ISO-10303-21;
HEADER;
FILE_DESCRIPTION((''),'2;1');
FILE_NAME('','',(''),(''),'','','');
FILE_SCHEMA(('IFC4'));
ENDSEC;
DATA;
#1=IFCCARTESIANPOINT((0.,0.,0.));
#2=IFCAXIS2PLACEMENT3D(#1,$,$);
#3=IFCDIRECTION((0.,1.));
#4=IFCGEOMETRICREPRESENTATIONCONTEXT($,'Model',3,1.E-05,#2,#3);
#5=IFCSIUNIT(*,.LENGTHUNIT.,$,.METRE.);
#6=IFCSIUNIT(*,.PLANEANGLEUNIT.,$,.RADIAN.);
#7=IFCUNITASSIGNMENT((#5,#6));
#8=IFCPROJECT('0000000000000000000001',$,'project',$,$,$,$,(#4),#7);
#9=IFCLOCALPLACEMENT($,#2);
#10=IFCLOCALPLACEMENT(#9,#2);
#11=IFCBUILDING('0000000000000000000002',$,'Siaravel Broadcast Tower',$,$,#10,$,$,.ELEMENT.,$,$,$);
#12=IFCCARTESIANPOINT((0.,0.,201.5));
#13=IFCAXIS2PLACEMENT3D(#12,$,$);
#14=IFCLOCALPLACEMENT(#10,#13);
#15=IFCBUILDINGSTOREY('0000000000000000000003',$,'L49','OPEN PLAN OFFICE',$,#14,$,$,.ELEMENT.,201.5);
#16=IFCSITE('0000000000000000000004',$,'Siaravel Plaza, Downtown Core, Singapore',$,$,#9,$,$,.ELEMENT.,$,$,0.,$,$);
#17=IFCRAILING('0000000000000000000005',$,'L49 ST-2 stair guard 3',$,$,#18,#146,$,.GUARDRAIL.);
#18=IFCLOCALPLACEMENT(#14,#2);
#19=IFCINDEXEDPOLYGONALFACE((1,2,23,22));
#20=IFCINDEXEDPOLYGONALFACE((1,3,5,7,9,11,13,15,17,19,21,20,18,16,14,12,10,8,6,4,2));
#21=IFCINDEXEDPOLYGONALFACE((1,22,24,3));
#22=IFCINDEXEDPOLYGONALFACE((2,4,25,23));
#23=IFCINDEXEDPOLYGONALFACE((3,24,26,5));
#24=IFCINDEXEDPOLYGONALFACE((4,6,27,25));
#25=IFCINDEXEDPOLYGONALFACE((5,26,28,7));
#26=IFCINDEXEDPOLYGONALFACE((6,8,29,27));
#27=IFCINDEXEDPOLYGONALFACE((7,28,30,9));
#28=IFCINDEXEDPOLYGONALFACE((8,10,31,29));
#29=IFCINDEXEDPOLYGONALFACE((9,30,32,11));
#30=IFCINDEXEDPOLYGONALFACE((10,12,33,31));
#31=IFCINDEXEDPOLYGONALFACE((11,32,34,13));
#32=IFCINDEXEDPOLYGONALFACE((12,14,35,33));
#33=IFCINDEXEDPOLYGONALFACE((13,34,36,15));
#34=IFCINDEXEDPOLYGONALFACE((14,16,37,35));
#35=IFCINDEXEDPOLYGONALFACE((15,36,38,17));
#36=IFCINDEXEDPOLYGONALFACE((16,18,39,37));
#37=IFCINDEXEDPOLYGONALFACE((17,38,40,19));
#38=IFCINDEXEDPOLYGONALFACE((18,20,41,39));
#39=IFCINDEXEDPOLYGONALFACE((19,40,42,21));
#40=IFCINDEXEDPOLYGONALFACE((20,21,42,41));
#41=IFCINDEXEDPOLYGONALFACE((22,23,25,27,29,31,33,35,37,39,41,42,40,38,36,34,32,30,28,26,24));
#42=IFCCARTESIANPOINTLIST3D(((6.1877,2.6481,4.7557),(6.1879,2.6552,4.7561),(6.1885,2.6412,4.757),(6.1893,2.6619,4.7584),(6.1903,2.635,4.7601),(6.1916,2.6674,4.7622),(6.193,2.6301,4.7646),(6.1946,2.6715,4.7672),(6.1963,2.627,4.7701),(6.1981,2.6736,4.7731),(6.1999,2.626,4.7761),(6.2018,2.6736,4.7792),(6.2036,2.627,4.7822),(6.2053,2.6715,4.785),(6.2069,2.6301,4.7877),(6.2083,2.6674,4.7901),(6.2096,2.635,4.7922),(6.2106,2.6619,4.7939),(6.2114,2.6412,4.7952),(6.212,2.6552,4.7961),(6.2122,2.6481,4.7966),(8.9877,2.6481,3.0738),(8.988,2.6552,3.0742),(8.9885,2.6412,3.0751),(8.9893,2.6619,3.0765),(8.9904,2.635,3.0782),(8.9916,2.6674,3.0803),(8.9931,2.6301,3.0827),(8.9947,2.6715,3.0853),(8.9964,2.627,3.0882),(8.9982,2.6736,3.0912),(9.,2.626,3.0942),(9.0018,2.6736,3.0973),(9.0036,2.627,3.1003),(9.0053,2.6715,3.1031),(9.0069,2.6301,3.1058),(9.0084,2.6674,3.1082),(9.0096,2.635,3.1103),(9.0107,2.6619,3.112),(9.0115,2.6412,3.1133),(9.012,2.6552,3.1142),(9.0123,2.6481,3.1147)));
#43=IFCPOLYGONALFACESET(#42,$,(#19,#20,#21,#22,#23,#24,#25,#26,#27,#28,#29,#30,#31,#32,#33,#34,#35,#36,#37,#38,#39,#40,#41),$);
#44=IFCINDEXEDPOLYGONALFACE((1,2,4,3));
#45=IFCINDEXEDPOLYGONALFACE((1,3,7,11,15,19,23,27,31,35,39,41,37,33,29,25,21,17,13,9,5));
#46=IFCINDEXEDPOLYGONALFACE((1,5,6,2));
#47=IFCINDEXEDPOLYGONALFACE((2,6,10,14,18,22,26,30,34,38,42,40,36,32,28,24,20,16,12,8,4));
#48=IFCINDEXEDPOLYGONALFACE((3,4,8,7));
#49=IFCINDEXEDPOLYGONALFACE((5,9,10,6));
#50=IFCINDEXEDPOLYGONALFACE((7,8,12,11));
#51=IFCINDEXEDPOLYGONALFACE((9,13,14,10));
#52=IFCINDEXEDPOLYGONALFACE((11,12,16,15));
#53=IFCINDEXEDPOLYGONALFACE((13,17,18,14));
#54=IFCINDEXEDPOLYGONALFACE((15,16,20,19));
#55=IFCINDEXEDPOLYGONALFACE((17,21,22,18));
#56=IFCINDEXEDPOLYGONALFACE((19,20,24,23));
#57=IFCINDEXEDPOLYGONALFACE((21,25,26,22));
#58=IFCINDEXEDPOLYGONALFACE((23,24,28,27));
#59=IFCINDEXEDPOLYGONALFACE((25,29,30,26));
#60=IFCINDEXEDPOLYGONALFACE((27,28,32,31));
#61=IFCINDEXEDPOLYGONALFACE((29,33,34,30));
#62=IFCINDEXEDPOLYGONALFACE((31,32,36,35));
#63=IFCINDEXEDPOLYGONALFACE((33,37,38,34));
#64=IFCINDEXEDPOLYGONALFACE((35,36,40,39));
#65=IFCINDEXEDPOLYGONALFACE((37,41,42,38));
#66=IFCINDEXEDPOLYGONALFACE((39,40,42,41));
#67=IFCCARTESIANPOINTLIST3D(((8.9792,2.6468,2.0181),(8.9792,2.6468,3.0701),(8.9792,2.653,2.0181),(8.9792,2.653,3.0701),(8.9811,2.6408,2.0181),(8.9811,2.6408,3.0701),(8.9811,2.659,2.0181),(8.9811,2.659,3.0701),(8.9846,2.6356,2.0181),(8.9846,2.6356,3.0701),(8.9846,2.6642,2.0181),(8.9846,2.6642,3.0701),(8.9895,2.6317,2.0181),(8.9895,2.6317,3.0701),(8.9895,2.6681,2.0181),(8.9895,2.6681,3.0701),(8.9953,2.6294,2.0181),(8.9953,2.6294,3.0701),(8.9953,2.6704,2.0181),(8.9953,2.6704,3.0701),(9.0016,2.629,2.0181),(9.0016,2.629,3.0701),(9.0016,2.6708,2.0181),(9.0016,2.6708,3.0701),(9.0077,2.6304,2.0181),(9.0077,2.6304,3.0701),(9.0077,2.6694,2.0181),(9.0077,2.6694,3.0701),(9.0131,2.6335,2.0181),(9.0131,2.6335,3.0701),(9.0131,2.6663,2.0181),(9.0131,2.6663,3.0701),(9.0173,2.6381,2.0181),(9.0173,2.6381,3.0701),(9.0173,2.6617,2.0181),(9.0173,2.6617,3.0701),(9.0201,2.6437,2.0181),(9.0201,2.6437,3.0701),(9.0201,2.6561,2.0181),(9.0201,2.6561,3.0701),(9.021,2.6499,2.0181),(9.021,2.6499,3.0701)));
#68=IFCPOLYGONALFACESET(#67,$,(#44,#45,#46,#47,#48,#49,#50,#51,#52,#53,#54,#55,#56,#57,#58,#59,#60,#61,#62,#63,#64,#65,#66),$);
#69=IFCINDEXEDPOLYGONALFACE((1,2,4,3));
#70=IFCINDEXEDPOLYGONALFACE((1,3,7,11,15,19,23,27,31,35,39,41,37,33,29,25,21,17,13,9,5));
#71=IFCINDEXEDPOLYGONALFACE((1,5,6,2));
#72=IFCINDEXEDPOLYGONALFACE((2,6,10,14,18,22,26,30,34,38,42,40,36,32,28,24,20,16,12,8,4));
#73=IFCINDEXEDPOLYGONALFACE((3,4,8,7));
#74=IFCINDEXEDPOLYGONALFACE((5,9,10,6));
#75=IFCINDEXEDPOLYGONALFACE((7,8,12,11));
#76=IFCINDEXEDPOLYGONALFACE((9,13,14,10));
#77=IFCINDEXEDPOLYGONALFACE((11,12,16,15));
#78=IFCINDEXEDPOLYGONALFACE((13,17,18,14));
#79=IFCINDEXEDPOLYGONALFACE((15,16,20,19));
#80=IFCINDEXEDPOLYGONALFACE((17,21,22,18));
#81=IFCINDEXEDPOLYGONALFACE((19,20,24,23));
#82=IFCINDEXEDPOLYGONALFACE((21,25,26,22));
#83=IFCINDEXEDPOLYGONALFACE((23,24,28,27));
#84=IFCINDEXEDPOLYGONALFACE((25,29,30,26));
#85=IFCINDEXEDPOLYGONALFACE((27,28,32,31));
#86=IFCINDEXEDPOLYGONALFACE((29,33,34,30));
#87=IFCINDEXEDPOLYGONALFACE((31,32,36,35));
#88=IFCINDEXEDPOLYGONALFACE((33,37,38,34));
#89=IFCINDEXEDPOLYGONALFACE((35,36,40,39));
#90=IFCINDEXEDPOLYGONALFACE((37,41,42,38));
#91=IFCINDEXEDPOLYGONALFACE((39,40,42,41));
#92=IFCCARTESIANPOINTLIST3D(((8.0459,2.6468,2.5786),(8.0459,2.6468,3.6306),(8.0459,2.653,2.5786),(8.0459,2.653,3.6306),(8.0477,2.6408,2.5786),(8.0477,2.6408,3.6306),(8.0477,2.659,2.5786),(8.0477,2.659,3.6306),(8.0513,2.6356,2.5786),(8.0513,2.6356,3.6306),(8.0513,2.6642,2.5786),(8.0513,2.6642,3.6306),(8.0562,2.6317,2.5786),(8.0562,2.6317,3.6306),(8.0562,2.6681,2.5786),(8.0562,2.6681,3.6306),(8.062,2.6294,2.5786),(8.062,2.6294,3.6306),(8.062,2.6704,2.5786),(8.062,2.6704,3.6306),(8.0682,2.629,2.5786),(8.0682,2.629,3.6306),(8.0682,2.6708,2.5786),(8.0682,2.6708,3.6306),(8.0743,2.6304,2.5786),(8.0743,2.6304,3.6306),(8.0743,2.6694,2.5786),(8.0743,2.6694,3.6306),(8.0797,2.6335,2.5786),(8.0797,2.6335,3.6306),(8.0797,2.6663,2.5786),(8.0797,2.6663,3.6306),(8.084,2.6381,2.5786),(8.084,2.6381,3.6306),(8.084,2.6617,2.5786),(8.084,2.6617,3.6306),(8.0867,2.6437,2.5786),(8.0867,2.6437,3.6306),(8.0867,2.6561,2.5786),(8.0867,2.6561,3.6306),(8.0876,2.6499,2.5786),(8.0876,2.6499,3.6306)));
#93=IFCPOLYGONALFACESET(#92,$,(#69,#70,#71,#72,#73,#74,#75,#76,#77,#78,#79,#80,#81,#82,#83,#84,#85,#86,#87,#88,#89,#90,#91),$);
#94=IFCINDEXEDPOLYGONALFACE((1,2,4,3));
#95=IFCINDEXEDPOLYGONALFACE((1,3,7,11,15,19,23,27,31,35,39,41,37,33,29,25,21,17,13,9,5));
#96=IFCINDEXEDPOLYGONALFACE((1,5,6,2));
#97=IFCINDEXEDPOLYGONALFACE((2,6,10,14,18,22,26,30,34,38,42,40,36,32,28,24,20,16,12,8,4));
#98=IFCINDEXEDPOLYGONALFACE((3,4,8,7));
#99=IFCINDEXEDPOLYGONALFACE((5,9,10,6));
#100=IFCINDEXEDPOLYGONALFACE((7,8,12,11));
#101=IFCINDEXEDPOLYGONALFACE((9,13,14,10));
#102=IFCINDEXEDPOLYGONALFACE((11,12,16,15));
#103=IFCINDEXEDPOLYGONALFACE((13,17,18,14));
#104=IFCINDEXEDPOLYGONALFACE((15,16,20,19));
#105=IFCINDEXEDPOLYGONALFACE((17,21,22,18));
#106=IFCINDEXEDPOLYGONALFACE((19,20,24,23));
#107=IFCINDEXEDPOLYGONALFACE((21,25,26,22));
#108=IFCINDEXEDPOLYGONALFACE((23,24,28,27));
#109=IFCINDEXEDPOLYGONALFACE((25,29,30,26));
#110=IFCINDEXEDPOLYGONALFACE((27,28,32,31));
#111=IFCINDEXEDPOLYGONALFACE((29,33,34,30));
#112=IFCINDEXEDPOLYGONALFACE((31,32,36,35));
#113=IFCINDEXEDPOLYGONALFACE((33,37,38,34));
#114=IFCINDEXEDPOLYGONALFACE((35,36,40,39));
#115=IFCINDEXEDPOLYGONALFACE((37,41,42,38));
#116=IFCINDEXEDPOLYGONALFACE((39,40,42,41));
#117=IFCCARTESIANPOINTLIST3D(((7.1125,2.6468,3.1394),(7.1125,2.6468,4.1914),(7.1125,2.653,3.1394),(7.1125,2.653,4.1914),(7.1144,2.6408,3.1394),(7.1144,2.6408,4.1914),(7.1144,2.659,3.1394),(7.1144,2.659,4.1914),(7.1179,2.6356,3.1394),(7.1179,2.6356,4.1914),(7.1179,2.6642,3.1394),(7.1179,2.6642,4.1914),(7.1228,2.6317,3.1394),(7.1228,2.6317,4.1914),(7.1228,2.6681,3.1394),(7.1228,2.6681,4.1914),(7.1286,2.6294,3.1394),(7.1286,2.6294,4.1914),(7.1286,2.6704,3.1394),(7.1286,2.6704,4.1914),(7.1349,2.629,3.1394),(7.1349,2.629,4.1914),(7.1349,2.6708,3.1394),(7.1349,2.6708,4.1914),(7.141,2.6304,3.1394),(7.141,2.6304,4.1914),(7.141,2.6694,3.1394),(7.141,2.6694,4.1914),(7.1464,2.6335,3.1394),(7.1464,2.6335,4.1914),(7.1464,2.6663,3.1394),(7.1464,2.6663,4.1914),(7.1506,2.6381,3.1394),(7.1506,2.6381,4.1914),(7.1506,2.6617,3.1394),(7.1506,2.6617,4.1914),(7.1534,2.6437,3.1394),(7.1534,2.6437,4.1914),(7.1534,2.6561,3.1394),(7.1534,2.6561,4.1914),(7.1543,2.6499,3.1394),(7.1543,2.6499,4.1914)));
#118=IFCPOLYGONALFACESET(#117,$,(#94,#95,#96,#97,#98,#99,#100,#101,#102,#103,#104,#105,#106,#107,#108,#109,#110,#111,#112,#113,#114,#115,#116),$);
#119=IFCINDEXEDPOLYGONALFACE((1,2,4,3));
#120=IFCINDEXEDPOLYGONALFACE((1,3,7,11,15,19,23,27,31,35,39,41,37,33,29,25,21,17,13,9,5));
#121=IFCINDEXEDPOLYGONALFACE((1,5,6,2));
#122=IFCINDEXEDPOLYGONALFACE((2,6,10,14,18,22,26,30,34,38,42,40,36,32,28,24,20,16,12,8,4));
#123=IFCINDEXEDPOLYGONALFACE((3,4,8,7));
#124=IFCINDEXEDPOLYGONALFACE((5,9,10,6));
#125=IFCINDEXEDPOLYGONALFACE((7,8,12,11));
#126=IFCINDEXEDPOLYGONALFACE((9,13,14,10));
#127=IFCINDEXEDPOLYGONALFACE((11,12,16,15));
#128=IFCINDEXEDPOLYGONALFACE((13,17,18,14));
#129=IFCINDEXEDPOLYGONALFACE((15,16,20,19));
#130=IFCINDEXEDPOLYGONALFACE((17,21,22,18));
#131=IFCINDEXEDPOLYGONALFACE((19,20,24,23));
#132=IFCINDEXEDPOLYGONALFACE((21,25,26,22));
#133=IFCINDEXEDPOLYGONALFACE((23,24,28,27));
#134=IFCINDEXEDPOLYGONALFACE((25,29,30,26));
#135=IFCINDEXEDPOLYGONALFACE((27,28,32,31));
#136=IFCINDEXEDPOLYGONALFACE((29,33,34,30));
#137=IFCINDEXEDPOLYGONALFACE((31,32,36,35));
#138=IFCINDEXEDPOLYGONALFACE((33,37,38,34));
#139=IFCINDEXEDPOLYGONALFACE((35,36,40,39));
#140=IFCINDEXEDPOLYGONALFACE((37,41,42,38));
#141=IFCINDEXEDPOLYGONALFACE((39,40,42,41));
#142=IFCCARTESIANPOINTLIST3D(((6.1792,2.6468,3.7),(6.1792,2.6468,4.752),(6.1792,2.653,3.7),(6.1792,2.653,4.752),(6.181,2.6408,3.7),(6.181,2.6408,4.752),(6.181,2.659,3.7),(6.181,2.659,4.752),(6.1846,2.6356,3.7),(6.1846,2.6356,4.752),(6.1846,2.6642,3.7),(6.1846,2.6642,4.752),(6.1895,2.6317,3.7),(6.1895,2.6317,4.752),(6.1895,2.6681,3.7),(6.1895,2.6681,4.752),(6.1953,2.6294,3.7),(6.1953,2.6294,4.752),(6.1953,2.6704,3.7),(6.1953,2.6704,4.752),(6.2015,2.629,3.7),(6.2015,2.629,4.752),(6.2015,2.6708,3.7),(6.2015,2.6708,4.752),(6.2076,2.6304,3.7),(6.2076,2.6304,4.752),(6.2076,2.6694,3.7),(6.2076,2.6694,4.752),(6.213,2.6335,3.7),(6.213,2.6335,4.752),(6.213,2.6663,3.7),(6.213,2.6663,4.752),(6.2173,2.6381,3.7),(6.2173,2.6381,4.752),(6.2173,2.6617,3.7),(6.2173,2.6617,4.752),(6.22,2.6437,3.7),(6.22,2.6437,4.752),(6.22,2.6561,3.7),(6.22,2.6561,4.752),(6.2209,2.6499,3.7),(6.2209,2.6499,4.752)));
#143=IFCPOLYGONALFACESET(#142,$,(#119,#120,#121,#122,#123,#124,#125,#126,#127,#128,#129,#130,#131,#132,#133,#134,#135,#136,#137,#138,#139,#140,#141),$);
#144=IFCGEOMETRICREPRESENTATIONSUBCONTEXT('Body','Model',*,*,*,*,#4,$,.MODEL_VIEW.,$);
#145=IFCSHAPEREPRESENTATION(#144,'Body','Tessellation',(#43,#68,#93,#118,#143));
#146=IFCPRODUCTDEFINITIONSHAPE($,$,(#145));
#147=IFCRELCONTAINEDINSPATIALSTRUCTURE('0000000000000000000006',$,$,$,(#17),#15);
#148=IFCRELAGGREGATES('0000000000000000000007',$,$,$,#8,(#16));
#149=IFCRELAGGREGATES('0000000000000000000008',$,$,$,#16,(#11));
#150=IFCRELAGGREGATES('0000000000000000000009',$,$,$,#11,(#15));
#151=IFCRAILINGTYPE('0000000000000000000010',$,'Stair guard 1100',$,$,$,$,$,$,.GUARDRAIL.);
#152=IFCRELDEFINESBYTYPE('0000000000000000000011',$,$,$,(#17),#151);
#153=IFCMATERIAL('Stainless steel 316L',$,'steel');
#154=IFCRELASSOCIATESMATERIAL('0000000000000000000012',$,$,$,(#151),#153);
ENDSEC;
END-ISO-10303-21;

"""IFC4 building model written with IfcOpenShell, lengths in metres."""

from ifc_helpers import new_model, si_unit, direction, frame, origin, origin_2d, place, context, subcontext, project, spatial, circle, extrude, material, type_object, element, save


model = new_model("IFC4")

# Units and contexts
model_context = context("Model", 3, precision=1e-05, world=origin(), true_north=direction((0.0, 1.0)))
body_context = subcontext(model_context, "Body", "Model", "MODEL_VIEW")
ifc_project = project(units=[si_unit("LENGTHUNIT", "METRE"), si_unit("PLANEANGLEUNIT", "RADIAN")], contexts=[model_context])

# Site, building, storey
site_placement = place(None, origin())
site = spatial("IfcSite", under=ifc_project, at=site_placement, Name="Siaravel Plaza, Downtown Core, Singapore", CompositionType="ELEMENT", RefElevation=0.0)
building_placement = place(site_placement, origin())
building = spatial("IfcBuilding", under=site, at=building_placement, Name="Siaravel Broadcast Tower", CompositionType="ELEMENT")
storey_placement = place(building_placement, frame((0.0, 0.0, 201.5)))
storey = spatial("IfcBuildingStorey", under=building, at=storey_placement, Name="L49", Description="OPEN PLAN OFFICE", CompositionType="ELEMENT", Elevation=201.5)

# Railing
ifc_material_1 = material(Name="Stainless steel 316L", Category="steel")
railing_type_1 = type_object("IfcRailingType", Name="Stair guard 1100", PredefinedType="GUARDRAIL", material=ifc_material_1)
railing_1_placement = place(storey_placement, frame((9.0, 2.6499, 2.0181)))
element("IfcRailing", 1, at=railing_1_placement, inside=storey, type_object=railing_type_1, Name="L49 ST-2 stair guard 3", PredefinedType="GUARDRAIL", context=body_context, shape_type="SweptSolid", body=[
    extrude(circle(Radius=0.0239, at=origin_2d()), frame((0.0, 0.0, 1.0762), z_axis=(-0.857242, 0.0, 0.514913), x_axis=(0.0, -1.0, 0.0)), (0.0, 0.0, 1.0), 3.2664),
    extrude(circle(Radius=0.021, at=origin_2d()), origin(), (0.0, 0.0, 1.0), 1.052),
    extrude(circle(Radius=0.021, at=origin_2d()), frame((-0.9333, 0.0, 0.5605)), (0.0, 0.0, 1.0), 1.052),
    extrude(circle(Radius=0.021, at=origin_2d()), frame((-1.8667, 0.0, 1.1213)), (0.0, 0.0, 1.0), 1.052),
    extrude(circle(Radius=0.021, at=origin_2d()), frame((-2.8, 0.0, 1.6819)), (0.0, 0.0, 1.0), 1.052),
])

save(model, "model.ifc")
